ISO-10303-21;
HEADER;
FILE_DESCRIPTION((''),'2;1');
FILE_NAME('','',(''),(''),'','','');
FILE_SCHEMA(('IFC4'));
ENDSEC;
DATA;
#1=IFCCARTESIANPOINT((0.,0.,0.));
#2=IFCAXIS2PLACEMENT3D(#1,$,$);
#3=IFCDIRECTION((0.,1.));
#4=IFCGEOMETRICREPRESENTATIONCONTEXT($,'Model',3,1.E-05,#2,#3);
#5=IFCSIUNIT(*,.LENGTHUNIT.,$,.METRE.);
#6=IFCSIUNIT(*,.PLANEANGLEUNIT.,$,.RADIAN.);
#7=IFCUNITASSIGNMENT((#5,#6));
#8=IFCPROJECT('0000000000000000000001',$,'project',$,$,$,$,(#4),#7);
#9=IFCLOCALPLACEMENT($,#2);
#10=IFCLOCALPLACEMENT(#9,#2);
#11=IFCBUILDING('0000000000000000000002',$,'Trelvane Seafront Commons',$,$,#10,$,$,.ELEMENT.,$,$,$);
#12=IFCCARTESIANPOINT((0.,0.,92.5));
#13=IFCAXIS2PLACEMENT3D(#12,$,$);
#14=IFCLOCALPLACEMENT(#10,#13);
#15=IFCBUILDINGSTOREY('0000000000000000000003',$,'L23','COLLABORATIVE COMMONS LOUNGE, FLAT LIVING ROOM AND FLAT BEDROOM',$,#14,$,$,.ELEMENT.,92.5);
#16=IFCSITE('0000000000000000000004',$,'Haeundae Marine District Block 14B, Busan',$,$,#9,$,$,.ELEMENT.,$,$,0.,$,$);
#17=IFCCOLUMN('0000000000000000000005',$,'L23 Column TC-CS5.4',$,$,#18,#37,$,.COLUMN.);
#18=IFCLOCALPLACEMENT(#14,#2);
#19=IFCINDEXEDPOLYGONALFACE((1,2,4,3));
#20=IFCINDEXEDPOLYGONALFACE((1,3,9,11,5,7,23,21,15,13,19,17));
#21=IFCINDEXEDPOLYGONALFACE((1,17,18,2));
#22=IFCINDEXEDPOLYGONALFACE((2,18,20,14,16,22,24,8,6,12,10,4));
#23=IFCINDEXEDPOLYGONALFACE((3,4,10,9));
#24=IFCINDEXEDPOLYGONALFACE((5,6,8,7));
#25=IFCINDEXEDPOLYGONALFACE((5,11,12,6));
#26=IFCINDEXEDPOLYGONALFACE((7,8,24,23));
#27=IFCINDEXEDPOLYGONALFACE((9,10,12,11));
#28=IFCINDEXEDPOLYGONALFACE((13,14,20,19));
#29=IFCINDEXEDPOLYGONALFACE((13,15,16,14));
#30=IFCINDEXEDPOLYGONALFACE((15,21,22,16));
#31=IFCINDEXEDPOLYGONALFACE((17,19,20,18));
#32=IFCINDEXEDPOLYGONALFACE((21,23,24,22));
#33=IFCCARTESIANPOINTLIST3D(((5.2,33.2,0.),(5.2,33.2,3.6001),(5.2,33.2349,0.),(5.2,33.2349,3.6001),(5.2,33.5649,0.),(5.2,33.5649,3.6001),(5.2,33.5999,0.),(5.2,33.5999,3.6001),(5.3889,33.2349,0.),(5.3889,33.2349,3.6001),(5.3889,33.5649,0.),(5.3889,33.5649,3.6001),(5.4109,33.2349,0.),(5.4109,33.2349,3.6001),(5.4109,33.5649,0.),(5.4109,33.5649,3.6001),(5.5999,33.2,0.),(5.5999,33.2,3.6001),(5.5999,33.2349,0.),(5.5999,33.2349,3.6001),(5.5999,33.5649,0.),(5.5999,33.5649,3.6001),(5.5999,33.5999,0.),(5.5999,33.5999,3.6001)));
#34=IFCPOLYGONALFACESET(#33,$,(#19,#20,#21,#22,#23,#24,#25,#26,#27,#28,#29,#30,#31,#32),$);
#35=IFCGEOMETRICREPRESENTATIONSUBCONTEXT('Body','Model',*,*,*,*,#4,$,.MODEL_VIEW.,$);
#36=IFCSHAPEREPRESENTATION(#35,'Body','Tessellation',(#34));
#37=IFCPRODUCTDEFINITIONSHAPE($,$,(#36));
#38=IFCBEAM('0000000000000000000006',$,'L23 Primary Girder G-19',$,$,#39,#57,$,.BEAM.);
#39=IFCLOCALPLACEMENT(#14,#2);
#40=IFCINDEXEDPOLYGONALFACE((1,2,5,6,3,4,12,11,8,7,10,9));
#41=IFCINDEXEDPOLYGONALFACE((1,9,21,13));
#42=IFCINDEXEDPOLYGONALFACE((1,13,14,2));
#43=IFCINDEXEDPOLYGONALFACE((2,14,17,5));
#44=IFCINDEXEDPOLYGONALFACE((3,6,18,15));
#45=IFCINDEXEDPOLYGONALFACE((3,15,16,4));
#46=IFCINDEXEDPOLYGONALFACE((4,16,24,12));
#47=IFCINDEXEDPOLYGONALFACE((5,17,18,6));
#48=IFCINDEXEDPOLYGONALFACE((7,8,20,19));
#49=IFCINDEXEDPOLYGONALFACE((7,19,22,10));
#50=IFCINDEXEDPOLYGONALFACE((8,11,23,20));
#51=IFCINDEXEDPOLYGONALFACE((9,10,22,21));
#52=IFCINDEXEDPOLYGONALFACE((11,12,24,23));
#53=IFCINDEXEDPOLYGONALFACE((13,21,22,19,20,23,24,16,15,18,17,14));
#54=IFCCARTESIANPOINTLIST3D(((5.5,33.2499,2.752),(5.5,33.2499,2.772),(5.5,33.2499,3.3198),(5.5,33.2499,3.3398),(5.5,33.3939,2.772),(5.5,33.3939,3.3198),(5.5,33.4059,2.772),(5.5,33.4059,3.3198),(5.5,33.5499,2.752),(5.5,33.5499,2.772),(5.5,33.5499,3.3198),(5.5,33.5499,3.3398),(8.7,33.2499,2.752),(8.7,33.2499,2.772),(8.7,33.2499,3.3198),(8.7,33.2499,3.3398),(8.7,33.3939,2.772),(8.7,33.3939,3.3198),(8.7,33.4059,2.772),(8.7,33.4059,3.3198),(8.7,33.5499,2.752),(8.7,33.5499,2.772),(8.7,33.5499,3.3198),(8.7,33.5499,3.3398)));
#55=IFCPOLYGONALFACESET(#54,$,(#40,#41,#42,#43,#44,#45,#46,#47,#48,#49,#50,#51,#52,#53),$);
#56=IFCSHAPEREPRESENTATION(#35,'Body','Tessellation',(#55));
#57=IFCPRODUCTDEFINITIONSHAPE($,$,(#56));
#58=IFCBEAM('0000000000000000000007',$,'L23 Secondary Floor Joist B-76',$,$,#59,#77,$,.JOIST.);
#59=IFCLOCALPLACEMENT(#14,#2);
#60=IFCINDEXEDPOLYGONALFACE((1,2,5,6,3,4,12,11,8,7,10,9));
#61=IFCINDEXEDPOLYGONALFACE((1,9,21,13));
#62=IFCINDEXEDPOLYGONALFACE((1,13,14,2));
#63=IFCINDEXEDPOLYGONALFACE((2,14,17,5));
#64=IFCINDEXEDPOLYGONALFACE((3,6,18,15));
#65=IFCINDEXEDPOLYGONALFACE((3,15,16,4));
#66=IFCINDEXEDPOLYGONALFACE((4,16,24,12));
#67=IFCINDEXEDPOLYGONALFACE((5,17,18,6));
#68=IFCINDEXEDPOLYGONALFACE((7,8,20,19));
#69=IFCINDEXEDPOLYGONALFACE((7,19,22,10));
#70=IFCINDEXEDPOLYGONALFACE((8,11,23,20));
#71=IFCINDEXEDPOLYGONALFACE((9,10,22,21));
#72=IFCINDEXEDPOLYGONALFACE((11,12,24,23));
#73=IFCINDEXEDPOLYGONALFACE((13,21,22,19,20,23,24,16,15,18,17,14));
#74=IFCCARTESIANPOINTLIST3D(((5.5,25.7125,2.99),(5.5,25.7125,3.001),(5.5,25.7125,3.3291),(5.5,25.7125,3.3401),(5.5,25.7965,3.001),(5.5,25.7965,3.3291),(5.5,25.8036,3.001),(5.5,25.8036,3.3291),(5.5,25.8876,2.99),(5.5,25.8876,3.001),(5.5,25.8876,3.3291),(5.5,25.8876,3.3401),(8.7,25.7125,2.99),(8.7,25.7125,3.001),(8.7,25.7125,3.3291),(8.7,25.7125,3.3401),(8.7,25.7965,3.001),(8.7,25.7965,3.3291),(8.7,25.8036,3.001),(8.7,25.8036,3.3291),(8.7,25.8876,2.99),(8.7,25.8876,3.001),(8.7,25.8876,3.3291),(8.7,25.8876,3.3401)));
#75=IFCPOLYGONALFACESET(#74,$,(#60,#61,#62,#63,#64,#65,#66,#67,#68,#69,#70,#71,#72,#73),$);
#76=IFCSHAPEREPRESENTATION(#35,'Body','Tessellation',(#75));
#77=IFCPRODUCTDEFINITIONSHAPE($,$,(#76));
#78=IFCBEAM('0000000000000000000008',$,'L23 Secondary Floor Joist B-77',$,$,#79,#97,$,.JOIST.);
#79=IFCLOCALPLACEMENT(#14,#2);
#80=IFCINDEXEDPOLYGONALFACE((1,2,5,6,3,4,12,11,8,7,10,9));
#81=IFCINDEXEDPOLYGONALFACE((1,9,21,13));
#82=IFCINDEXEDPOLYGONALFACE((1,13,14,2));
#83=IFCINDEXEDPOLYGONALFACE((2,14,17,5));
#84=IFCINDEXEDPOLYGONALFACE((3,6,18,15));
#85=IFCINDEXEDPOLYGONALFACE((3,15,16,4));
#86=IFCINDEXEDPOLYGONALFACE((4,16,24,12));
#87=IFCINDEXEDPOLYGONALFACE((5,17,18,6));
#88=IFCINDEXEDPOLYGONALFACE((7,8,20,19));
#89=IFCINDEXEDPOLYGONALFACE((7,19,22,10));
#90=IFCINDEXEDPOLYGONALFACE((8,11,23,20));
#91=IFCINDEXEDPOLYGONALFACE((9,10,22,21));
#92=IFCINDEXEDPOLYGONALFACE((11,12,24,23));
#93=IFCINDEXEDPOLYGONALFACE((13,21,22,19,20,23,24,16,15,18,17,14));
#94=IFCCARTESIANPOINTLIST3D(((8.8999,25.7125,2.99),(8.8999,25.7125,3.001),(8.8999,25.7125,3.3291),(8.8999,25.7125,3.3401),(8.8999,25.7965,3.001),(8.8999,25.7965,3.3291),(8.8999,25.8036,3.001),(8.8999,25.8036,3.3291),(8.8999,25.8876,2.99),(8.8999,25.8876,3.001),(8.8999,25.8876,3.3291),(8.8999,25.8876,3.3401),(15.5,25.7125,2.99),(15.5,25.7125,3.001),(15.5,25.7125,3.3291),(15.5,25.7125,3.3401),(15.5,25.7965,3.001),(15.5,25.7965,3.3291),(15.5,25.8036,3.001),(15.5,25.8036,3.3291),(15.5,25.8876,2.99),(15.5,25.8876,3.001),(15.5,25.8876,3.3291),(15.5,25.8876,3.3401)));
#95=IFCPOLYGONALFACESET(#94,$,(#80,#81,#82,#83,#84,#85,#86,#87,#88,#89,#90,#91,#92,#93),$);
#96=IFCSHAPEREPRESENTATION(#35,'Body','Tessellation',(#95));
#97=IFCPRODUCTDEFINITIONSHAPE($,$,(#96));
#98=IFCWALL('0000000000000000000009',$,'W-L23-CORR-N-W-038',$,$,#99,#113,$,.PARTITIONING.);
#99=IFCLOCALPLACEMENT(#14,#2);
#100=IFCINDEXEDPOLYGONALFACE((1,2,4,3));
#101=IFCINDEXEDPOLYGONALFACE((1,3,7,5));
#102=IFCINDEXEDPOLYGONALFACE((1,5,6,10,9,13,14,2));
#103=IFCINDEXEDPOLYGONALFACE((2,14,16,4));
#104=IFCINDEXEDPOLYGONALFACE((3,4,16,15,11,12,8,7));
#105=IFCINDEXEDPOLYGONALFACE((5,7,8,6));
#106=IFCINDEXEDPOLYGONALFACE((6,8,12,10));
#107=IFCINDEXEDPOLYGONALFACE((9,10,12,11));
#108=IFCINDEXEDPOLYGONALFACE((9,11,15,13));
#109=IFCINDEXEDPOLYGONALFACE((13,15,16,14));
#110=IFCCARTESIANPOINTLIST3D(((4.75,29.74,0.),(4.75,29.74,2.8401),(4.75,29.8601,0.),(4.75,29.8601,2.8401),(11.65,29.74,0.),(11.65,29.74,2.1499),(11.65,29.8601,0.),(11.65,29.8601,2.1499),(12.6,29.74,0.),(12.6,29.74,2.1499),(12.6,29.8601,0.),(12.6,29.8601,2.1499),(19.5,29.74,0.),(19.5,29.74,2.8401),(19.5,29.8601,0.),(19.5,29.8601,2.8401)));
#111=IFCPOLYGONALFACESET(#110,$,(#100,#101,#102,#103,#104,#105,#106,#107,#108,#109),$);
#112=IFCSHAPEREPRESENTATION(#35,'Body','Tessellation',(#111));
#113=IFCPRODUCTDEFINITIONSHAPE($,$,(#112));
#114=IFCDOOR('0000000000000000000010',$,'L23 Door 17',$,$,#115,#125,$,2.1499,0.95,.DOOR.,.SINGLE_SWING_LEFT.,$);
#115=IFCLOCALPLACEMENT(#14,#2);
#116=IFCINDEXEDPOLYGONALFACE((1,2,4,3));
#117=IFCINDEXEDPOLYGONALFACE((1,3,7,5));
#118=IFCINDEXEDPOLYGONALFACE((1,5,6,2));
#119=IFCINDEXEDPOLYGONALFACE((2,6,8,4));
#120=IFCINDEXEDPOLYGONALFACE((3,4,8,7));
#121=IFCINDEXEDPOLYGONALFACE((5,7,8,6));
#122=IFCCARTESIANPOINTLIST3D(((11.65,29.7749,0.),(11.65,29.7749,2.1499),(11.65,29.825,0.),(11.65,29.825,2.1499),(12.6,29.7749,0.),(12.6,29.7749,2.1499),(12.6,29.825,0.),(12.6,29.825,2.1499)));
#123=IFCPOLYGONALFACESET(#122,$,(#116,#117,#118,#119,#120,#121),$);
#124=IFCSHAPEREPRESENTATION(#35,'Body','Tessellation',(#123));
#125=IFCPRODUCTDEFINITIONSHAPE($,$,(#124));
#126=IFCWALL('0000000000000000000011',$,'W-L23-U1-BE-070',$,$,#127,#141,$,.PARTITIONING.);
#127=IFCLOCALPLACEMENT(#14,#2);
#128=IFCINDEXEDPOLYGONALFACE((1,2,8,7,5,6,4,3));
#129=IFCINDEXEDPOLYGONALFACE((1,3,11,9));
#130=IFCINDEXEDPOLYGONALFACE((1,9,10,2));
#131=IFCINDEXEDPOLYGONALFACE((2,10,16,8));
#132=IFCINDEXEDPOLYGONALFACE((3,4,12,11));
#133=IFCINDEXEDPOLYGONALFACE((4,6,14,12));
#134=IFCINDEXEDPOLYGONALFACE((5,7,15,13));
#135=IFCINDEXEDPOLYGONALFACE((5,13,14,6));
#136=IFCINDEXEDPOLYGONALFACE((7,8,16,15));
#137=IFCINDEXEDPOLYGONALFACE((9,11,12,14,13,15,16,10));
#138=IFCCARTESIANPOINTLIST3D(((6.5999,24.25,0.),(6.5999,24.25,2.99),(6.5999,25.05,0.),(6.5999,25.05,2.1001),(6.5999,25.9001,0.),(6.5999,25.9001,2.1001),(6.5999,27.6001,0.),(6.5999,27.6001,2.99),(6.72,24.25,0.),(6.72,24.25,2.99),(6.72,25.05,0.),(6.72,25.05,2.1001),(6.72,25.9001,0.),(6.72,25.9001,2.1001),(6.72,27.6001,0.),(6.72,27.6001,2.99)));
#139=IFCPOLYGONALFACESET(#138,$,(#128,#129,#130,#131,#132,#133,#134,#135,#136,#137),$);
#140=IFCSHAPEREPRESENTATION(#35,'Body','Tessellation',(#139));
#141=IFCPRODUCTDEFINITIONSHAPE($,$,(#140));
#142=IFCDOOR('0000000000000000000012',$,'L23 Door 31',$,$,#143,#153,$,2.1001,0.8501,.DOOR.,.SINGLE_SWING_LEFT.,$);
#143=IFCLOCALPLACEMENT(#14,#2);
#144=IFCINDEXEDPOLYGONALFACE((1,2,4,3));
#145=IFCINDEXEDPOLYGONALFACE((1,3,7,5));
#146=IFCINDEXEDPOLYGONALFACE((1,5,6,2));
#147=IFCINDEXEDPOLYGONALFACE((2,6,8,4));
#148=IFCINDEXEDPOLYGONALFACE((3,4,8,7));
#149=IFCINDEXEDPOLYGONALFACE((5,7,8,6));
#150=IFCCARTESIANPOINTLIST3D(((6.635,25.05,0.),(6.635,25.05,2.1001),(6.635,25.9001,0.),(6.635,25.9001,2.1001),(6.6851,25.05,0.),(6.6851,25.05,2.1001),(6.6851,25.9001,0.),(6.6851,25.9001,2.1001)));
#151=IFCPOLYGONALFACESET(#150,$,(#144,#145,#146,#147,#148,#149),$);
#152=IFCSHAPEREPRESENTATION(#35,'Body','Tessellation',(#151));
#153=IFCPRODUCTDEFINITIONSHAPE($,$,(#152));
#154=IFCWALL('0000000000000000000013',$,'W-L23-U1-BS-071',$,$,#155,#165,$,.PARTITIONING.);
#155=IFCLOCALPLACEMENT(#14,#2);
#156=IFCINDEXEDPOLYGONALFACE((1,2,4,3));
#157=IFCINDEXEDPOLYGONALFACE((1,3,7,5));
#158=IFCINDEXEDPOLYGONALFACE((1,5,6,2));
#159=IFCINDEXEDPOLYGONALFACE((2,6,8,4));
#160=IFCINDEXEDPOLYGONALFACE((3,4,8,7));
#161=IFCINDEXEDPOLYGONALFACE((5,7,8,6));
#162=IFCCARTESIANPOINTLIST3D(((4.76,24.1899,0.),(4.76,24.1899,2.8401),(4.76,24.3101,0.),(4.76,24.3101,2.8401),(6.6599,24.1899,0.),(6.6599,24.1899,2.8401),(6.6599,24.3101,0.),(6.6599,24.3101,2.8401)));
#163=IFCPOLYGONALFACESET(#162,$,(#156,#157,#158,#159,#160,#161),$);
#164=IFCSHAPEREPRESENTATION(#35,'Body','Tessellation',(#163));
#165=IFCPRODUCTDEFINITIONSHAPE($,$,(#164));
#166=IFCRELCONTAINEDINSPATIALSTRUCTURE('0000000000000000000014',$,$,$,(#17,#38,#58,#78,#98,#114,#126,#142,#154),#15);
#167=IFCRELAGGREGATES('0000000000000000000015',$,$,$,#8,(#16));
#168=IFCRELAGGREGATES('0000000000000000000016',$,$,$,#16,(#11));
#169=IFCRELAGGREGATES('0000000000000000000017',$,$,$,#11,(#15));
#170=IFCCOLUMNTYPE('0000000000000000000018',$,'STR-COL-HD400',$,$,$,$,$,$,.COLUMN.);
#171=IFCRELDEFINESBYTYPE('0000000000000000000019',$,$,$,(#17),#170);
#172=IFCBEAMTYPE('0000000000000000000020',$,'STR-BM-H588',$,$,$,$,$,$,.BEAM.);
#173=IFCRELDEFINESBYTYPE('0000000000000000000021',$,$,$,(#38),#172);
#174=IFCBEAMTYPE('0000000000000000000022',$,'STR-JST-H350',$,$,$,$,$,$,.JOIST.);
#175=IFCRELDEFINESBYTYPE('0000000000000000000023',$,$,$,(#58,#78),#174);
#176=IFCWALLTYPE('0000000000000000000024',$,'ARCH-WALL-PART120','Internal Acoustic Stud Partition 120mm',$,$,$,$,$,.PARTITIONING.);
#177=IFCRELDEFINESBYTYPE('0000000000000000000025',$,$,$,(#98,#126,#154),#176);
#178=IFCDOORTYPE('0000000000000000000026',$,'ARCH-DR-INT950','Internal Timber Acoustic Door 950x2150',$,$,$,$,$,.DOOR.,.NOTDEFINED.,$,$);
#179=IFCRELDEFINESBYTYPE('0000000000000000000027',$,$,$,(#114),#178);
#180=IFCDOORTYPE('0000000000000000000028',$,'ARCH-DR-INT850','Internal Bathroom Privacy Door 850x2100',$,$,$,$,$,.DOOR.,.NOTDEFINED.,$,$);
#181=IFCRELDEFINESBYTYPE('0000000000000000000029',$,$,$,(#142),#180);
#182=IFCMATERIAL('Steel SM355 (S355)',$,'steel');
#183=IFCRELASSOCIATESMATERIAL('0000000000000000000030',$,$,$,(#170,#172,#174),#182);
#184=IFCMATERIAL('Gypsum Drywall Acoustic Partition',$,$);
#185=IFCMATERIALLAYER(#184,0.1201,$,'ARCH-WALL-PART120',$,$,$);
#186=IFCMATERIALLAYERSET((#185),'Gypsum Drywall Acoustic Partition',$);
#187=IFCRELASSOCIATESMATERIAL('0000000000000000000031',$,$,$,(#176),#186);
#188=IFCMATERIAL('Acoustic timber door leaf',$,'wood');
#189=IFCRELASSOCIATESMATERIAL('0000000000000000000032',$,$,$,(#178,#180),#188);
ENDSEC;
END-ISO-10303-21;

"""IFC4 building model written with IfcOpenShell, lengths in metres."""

from ifc_helpers import new_model, si_unit, direction, frame, frame_2d, origin, origin_2d, place, context, subcontext, project, spatial, rectangle, i_section, extrude, source, transform, mapped, material, layer, layer_set, material_profile, profile_set, type_object, element, fill, save


model = new_model("IFC4")

# Units and contexts
model_context = context("Model", 3, precision=1e-05, world=origin(), true_north=direction((0.0, 1.0)))
body_context = subcontext(model_context, "Body", "Model", "MODEL_VIEW")
ifc_project = project(units=[si_unit("LENGTHUNIT", "METRE"), si_unit("PLANEANGLEUNIT", "RADIAN")], contexts=[model_context])

# Site, building, storey
site_placement = place(None, origin())
site = spatial("IfcSite", under=ifc_project, at=site_placement, Name="Haeundae Marine District Block 14B, Busan", CompositionType="ELEMENT", RefElevation=0.0)
building_placement = place(site_placement, origin())
building = spatial("IfcBuilding", under=site, at=building_placement, Name="Trelvane Seafront Commons", CompositionType="ELEMENT")
storey_placement = place(building_placement, frame((0.0, 0.0, 92.5)))
storey = spatial("IfcBuildingStorey", under=building, at=storey_placement, Name="L23", Description="COLLABORATIVE COMMONS LOUNGE, FLAT LIVING ROOM AND FLAT BEDROOM", CompositionType="ELEMENT", Elevation=92.5)

# Column
ifc_material_1 = material(Name="Steel SM355 (S355)", Category="steel")
ifc_material_profile_1 = material_profile(ifc_material_1, i_section(OverallWidth=0.3999, OverallDepth=0.3999, WebThickness=0.022, FlangeThickness=0.0349, at=origin_2d()), Name="HD-400x400x22x35")
ifc_profile_set_1 = profile_set([ifc_material_profile_1], Name="Steel SM355 (S355)")
column_type = type_object("IfcColumnType", Name="STR-COL-HD400", PredefinedType="COLUMN", material=ifc_profile_set_1)
shared_shape_1 = source(origin(), body_context, "Body", "SweptSolid", [
    extrude(i_section(OverallWidth=0.3999, OverallDepth=0.3999, WebThickness=0.022, FlangeThickness=0.0349, at=origin_2d()), origin(), (0.0, 0.0, 1.0), 3.6001),
])
column_placement = place(storey_placement, frame((5.3999, 33.3999, 0.0), z_axis=(0.0, 0.0, 1.0), x_axis=(1.0, 0.0, 0.0)))
element("IfcColumn", 1, at=column_placement, inside=storey, type_object=column_type, Name="L23 Column TC-CS5.4", PredefinedType="COLUMN", context=body_context, shape_type="MappedRepresentation", body=[
    mapped(shared_shape_1, transform((0.0, 0.0, 0.0), x_axis=(1.0, 0.0, 0.0), y_axis=(0.0, 1.0, 0.0), z_axis=(0.0, 0.0, 1.0), scale=1.0)),
])

# Beams
ifc_material_profile_2 = material_profile(ifc_material_1, i_section(OverallWidth=0.3, OverallDepth=0.5879, WebThickness=0.012, FlangeThickness=0.02, at=origin_2d()), Name="H-588x300x12x20")
ifc_profile_set_2 = profile_set([ifc_material_profile_2], Name="Steel SM355 (S355)")
beam_type_1 = type_object("IfcBeamType", Name="STR-BM-H588", PredefinedType="BEAM", material=ifc_profile_set_2)
shared_shape_2 = source(origin(), body_context, "Body", "SweptSolid", [
    extrude(i_section(OverallWidth=0.3, OverallDepth=0.5879, WebThickness=0.012, FlangeThickness=0.02, at=origin_2d()), origin(), (0.0, 0.0, 1.0), 3.2),
])
beam_1_placement = place(storey_placement, frame((5.5, 33.3999, 3.0459), z_axis=(1.0, 0.0, 0.0), x_axis=(0.0, 1.0, 0.0)))
element("IfcBeam", 2, at=beam_1_placement, inside=storey, type_object=beam_type_1, Name="L23 Primary Girder G-19", PredefinedType="BEAM", context=body_context, shape_type="MappedRepresentation", body=[
    mapped(shared_shape_2, transform((0.0, 0.0, 0.0), x_axis=(1.0, 0.0, 0.0), y_axis=(0.0, 1.0, 0.0), z_axis=(0.0, 0.0, 1.0), scale=1.0)),
])
ifc_material_profile_3 = material_profile(ifc_material_1, i_section(OverallWidth=0.175, OverallDepth=0.3501, WebThickness=0.0071, FlangeThickness=0.011, at=origin_2d()), Name="H-350x175x7x11")
ifc_profile_set_3 = profile_set([ifc_material_profile_3], Name="Steel SM355 (S355)")
beam_type_2 = type_object("IfcBeamType", Name="STR-JST-H350", PredefinedType="JOIST", material=ifc_profile_set_3)
shared_shape_3 = source(origin(), body_context, "Body", "SweptSolid", [
    extrude(i_section(OverallWidth=0.175, OverallDepth=0.3501, WebThickness=0.0071, FlangeThickness=0.011, at=origin_2d()), origin(), (0.0, 0.0, 1.0), 3.2),
])
beam_2_placement = place(storey_placement, frame((5.5, 25.8, 3.165), z_axis=(1.0, 0.0, 0.0), x_axis=(0.0, 1.0, 0.0)))
element("IfcBeam", 3, at=beam_2_placement, inside=storey, type_object=beam_type_2, Name="L23 Secondary Floor Joist B-76", PredefinedType="JOIST", context=body_context, shape_type="MappedRepresentation", body=[
    mapped(shared_shape_3, transform((0.0, 0.0, 0.0), x_axis=(1.0, 0.0, 0.0), y_axis=(0.0, 1.0, 0.0), z_axis=(0.0, 0.0, 1.0), scale=1.0)),
])
shared_shape_4 = source(origin(), body_context, "Body", "SweptSolid", [
    extrude(i_section(OverallWidth=0.175, OverallDepth=0.3501, WebThickness=0.0071, FlangeThickness=0.011, at=origin_2d()), origin(), (0.0, 0.0, 1.0), 6.6001),
])
beam_3_placement = place(storey_placement, frame((8.8999, 25.8, 3.165), z_axis=(1.0, 0.0, 0.0), x_axis=(0.0, 1.0, 0.0)))
element("IfcBeam", 4, at=beam_3_placement, inside=storey, type_object=beam_type_2, Name="L23 Secondary Floor Joist B-77", PredefinedType="JOIST", context=body_context, shape_type="MappedRepresentation", body=[
    mapped(shared_shape_4, transform((0.0, 0.0, 0.0), x_axis=(1.0, 0.0, 0.0), y_axis=(0.0, 1.0, 0.0), z_axis=(0.0, 0.0, 1.0), scale=1.0)),
])

# Walls, openings, doors
ifc_material_2 = material(Name="Gypsum Drywall Acoustic Partition")
ifc_layer_1 = layer(ifc_material_2, 0.1201, Name="ARCH-WALL-PART120")
ifc_layer_set_1 = layer_set([ifc_layer_1], Name="Gypsum Drywall Acoustic Partition")
wall_type_1 = type_object("IfcWallType", Name="ARCH-WALL-PART120", Description="Internal Acoustic Stud Partition 120mm", PredefinedType="PARTITIONING", material=ifc_layer_set_1)
wall_1_placement = place(storey_placement, frame((4.75, 29.8, 0.0), z_axis=(0.0, 0.0, 1.0), x_axis=(1.0, 0.0, 0.0)))
wall_1 = element("IfcWall", 5, at=wall_1_placement, inside=storey, type_object=wall_type_1, Name="W-L23-CORR-N-W-038", PredefinedType="PARTITIONING", context=body_context, shape_type="SweptSolid", body=[
    extrude(rectangle(XDim=14.75, YDim=0.1201, at=frame_2d((7.375, 0.0))), origin(), (0.0, 0.0, 1.0), 2.8401),
])
opening_1_placement = place(wall_1_placement, frame((6.8999, 0.0, 0.0)))
opening_1 = element("IfcOpeningElement", 6, at=opening_1_placement, cuts=wall_1, PredefinedType="OPENING", context=body_context, shape_type="SweptSolid", body=[
    extrude(rectangle(XDim=0.95, YDim=2.1499, at=frame_2d((0.4751, 1.075))), frame((0.0, 0.0701, 0.0), z_axis=(0.0, -1.0, 0.0), x_axis=(1.0, 0.0, 0.0)), (0.0, 0.0, 1.0), 0.1401),
])
ifc_material_3 = material(Name="Acoustic timber door leaf", Category="wood")
door_type_1 = type_object("IfcDoorType", Name="ARCH-DR-INT950", Description="Internal Timber Acoustic Door 950x2150", OperationType="NOTDEFINED", PredefinedType="DOOR", material=ifc_material_3)
shared_shape_5 = source(origin(), body_context, "Body", "SweptSolid", [
    extrude(rectangle(XDim=0.95, YDim=2.1499, at=frame_2d((0.4751, 1.075))), frame((0.0, 0.0249, 0.0), z_axis=(0.0, -1.0, 0.0), x_axis=(1.0, 0.0, 0.0)), (0.0, 0.0, 1.0), 0.05),
])
door_1_placement = place(opening_1_placement, origin())
door_1 = element("IfcDoor", 7, at=door_1_placement, inside=storey, type_object=door_type_1, Name="L23 Door 17", OperationType="SINGLE_SWING_LEFT", OverallHeight=2.1499, OverallWidth=0.95, PredefinedType="DOOR", context=body_context, shape_type="MappedRepresentation", body=[
    mapped(shared_shape_5, transform((0.0, 0.0, 0.0), x_axis=(1.0, 0.0, 0.0), y_axis=(0.0, 1.0, 0.0), z_axis=(0.0, 0.0, 1.0), scale=1.0)),
])
fill(opening_1, door_1)
wall_2_placement = place(storey_placement, frame((6.6599, 24.25, 0.0), z_axis=(0.0, 0.0, 1.0), x_axis=(0.0, 1.0, 0.0)))
wall_2 = element("IfcWall", 8, at=wall_2_placement, inside=storey, type_object=wall_type_1, Name="W-L23-U1-BE-070", PredefinedType="PARTITIONING", context=body_context, shape_type="SweptSolid", body=[
    extrude(rectangle(XDim=3.3501, YDim=0.1201, at=frame_2d((1.675, 0.0))), origin(), (0.0, 0.0, 1.0), 2.99),
])
opening_2_placement = place(wall_2_placement, frame((0.8, 0.0, 0.0)))
opening_2 = element("IfcOpeningElement", 9, at=opening_2_placement, cuts=wall_2, PredefinedType="OPENING", context=body_context, shape_type="SweptSolid", body=[
    extrude(rectangle(XDim=0.8501, YDim=2.1001, at=frame_2d((0.425, 1.05))), frame((0.0, 0.0701, 0.0), z_axis=(0.0, -1.0, 0.0), x_axis=(1.0, 0.0, 0.0)), (0.0, 0.0, 1.0), 0.1401),
])
door_type_2 = type_object("IfcDoorType", Name="ARCH-DR-INT850", Description="Internal Bathroom Privacy Door 850x2100", OperationType="NOTDEFINED", PredefinedType="DOOR", material=ifc_material_3)
shared_shape_6 = source(origin(), body_context, "Body", "SweptSolid", [
    extrude(rectangle(XDim=0.8501, YDim=2.1001, at=frame_2d((0.425, 1.05))), frame((0.0, 0.0249, 0.0), z_axis=(0.0, -1.0, 0.0), x_axis=(1.0, 0.0, 0.0)), (0.0, 0.0, 1.0), 0.05),
])
door_2_placement = place(opening_2_placement, origin())
door_2 = element("IfcDoor", 10, at=door_2_placement, inside=storey, type_object=door_type_2, Name="L23 Door 31", OperationType="SINGLE_SWING_LEFT", OverallHeight=2.1001, OverallWidth=0.8501, PredefinedType="DOOR", context=body_context, shape_type="MappedRepresentation", body=[
    mapped(shared_shape_6, transform((0.0, 0.0, 0.0), x_axis=(1.0, 0.0, 0.0), y_axis=(0.0, 1.0, 0.0), z_axis=(0.0, 0.0, 1.0), scale=1.0)),
])
fill(opening_2, door_2)

# Wall
wall_3_placement = place(storey_placement, frame((4.76, 24.25, 0.0), z_axis=(0.0, 0.0, 1.0), x_axis=(1.0, 0.0, 0.0)))
element("IfcWall", 11, at=wall_3_placement, inside=storey, type_object=wall_type_1, Name="W-L23-U1-BS-071", PredefinedType="PARTITIONING", context=body_context, shape_type="SweptSolid", body=[
    extrude(rectangle(XDim=1.8999, YDim=0.1201, at=frame_2d((0.95, 0.0))), origin(), (0.0, 0.0, 1.0), 2.8401),
])

save(model, "model.ifc")
